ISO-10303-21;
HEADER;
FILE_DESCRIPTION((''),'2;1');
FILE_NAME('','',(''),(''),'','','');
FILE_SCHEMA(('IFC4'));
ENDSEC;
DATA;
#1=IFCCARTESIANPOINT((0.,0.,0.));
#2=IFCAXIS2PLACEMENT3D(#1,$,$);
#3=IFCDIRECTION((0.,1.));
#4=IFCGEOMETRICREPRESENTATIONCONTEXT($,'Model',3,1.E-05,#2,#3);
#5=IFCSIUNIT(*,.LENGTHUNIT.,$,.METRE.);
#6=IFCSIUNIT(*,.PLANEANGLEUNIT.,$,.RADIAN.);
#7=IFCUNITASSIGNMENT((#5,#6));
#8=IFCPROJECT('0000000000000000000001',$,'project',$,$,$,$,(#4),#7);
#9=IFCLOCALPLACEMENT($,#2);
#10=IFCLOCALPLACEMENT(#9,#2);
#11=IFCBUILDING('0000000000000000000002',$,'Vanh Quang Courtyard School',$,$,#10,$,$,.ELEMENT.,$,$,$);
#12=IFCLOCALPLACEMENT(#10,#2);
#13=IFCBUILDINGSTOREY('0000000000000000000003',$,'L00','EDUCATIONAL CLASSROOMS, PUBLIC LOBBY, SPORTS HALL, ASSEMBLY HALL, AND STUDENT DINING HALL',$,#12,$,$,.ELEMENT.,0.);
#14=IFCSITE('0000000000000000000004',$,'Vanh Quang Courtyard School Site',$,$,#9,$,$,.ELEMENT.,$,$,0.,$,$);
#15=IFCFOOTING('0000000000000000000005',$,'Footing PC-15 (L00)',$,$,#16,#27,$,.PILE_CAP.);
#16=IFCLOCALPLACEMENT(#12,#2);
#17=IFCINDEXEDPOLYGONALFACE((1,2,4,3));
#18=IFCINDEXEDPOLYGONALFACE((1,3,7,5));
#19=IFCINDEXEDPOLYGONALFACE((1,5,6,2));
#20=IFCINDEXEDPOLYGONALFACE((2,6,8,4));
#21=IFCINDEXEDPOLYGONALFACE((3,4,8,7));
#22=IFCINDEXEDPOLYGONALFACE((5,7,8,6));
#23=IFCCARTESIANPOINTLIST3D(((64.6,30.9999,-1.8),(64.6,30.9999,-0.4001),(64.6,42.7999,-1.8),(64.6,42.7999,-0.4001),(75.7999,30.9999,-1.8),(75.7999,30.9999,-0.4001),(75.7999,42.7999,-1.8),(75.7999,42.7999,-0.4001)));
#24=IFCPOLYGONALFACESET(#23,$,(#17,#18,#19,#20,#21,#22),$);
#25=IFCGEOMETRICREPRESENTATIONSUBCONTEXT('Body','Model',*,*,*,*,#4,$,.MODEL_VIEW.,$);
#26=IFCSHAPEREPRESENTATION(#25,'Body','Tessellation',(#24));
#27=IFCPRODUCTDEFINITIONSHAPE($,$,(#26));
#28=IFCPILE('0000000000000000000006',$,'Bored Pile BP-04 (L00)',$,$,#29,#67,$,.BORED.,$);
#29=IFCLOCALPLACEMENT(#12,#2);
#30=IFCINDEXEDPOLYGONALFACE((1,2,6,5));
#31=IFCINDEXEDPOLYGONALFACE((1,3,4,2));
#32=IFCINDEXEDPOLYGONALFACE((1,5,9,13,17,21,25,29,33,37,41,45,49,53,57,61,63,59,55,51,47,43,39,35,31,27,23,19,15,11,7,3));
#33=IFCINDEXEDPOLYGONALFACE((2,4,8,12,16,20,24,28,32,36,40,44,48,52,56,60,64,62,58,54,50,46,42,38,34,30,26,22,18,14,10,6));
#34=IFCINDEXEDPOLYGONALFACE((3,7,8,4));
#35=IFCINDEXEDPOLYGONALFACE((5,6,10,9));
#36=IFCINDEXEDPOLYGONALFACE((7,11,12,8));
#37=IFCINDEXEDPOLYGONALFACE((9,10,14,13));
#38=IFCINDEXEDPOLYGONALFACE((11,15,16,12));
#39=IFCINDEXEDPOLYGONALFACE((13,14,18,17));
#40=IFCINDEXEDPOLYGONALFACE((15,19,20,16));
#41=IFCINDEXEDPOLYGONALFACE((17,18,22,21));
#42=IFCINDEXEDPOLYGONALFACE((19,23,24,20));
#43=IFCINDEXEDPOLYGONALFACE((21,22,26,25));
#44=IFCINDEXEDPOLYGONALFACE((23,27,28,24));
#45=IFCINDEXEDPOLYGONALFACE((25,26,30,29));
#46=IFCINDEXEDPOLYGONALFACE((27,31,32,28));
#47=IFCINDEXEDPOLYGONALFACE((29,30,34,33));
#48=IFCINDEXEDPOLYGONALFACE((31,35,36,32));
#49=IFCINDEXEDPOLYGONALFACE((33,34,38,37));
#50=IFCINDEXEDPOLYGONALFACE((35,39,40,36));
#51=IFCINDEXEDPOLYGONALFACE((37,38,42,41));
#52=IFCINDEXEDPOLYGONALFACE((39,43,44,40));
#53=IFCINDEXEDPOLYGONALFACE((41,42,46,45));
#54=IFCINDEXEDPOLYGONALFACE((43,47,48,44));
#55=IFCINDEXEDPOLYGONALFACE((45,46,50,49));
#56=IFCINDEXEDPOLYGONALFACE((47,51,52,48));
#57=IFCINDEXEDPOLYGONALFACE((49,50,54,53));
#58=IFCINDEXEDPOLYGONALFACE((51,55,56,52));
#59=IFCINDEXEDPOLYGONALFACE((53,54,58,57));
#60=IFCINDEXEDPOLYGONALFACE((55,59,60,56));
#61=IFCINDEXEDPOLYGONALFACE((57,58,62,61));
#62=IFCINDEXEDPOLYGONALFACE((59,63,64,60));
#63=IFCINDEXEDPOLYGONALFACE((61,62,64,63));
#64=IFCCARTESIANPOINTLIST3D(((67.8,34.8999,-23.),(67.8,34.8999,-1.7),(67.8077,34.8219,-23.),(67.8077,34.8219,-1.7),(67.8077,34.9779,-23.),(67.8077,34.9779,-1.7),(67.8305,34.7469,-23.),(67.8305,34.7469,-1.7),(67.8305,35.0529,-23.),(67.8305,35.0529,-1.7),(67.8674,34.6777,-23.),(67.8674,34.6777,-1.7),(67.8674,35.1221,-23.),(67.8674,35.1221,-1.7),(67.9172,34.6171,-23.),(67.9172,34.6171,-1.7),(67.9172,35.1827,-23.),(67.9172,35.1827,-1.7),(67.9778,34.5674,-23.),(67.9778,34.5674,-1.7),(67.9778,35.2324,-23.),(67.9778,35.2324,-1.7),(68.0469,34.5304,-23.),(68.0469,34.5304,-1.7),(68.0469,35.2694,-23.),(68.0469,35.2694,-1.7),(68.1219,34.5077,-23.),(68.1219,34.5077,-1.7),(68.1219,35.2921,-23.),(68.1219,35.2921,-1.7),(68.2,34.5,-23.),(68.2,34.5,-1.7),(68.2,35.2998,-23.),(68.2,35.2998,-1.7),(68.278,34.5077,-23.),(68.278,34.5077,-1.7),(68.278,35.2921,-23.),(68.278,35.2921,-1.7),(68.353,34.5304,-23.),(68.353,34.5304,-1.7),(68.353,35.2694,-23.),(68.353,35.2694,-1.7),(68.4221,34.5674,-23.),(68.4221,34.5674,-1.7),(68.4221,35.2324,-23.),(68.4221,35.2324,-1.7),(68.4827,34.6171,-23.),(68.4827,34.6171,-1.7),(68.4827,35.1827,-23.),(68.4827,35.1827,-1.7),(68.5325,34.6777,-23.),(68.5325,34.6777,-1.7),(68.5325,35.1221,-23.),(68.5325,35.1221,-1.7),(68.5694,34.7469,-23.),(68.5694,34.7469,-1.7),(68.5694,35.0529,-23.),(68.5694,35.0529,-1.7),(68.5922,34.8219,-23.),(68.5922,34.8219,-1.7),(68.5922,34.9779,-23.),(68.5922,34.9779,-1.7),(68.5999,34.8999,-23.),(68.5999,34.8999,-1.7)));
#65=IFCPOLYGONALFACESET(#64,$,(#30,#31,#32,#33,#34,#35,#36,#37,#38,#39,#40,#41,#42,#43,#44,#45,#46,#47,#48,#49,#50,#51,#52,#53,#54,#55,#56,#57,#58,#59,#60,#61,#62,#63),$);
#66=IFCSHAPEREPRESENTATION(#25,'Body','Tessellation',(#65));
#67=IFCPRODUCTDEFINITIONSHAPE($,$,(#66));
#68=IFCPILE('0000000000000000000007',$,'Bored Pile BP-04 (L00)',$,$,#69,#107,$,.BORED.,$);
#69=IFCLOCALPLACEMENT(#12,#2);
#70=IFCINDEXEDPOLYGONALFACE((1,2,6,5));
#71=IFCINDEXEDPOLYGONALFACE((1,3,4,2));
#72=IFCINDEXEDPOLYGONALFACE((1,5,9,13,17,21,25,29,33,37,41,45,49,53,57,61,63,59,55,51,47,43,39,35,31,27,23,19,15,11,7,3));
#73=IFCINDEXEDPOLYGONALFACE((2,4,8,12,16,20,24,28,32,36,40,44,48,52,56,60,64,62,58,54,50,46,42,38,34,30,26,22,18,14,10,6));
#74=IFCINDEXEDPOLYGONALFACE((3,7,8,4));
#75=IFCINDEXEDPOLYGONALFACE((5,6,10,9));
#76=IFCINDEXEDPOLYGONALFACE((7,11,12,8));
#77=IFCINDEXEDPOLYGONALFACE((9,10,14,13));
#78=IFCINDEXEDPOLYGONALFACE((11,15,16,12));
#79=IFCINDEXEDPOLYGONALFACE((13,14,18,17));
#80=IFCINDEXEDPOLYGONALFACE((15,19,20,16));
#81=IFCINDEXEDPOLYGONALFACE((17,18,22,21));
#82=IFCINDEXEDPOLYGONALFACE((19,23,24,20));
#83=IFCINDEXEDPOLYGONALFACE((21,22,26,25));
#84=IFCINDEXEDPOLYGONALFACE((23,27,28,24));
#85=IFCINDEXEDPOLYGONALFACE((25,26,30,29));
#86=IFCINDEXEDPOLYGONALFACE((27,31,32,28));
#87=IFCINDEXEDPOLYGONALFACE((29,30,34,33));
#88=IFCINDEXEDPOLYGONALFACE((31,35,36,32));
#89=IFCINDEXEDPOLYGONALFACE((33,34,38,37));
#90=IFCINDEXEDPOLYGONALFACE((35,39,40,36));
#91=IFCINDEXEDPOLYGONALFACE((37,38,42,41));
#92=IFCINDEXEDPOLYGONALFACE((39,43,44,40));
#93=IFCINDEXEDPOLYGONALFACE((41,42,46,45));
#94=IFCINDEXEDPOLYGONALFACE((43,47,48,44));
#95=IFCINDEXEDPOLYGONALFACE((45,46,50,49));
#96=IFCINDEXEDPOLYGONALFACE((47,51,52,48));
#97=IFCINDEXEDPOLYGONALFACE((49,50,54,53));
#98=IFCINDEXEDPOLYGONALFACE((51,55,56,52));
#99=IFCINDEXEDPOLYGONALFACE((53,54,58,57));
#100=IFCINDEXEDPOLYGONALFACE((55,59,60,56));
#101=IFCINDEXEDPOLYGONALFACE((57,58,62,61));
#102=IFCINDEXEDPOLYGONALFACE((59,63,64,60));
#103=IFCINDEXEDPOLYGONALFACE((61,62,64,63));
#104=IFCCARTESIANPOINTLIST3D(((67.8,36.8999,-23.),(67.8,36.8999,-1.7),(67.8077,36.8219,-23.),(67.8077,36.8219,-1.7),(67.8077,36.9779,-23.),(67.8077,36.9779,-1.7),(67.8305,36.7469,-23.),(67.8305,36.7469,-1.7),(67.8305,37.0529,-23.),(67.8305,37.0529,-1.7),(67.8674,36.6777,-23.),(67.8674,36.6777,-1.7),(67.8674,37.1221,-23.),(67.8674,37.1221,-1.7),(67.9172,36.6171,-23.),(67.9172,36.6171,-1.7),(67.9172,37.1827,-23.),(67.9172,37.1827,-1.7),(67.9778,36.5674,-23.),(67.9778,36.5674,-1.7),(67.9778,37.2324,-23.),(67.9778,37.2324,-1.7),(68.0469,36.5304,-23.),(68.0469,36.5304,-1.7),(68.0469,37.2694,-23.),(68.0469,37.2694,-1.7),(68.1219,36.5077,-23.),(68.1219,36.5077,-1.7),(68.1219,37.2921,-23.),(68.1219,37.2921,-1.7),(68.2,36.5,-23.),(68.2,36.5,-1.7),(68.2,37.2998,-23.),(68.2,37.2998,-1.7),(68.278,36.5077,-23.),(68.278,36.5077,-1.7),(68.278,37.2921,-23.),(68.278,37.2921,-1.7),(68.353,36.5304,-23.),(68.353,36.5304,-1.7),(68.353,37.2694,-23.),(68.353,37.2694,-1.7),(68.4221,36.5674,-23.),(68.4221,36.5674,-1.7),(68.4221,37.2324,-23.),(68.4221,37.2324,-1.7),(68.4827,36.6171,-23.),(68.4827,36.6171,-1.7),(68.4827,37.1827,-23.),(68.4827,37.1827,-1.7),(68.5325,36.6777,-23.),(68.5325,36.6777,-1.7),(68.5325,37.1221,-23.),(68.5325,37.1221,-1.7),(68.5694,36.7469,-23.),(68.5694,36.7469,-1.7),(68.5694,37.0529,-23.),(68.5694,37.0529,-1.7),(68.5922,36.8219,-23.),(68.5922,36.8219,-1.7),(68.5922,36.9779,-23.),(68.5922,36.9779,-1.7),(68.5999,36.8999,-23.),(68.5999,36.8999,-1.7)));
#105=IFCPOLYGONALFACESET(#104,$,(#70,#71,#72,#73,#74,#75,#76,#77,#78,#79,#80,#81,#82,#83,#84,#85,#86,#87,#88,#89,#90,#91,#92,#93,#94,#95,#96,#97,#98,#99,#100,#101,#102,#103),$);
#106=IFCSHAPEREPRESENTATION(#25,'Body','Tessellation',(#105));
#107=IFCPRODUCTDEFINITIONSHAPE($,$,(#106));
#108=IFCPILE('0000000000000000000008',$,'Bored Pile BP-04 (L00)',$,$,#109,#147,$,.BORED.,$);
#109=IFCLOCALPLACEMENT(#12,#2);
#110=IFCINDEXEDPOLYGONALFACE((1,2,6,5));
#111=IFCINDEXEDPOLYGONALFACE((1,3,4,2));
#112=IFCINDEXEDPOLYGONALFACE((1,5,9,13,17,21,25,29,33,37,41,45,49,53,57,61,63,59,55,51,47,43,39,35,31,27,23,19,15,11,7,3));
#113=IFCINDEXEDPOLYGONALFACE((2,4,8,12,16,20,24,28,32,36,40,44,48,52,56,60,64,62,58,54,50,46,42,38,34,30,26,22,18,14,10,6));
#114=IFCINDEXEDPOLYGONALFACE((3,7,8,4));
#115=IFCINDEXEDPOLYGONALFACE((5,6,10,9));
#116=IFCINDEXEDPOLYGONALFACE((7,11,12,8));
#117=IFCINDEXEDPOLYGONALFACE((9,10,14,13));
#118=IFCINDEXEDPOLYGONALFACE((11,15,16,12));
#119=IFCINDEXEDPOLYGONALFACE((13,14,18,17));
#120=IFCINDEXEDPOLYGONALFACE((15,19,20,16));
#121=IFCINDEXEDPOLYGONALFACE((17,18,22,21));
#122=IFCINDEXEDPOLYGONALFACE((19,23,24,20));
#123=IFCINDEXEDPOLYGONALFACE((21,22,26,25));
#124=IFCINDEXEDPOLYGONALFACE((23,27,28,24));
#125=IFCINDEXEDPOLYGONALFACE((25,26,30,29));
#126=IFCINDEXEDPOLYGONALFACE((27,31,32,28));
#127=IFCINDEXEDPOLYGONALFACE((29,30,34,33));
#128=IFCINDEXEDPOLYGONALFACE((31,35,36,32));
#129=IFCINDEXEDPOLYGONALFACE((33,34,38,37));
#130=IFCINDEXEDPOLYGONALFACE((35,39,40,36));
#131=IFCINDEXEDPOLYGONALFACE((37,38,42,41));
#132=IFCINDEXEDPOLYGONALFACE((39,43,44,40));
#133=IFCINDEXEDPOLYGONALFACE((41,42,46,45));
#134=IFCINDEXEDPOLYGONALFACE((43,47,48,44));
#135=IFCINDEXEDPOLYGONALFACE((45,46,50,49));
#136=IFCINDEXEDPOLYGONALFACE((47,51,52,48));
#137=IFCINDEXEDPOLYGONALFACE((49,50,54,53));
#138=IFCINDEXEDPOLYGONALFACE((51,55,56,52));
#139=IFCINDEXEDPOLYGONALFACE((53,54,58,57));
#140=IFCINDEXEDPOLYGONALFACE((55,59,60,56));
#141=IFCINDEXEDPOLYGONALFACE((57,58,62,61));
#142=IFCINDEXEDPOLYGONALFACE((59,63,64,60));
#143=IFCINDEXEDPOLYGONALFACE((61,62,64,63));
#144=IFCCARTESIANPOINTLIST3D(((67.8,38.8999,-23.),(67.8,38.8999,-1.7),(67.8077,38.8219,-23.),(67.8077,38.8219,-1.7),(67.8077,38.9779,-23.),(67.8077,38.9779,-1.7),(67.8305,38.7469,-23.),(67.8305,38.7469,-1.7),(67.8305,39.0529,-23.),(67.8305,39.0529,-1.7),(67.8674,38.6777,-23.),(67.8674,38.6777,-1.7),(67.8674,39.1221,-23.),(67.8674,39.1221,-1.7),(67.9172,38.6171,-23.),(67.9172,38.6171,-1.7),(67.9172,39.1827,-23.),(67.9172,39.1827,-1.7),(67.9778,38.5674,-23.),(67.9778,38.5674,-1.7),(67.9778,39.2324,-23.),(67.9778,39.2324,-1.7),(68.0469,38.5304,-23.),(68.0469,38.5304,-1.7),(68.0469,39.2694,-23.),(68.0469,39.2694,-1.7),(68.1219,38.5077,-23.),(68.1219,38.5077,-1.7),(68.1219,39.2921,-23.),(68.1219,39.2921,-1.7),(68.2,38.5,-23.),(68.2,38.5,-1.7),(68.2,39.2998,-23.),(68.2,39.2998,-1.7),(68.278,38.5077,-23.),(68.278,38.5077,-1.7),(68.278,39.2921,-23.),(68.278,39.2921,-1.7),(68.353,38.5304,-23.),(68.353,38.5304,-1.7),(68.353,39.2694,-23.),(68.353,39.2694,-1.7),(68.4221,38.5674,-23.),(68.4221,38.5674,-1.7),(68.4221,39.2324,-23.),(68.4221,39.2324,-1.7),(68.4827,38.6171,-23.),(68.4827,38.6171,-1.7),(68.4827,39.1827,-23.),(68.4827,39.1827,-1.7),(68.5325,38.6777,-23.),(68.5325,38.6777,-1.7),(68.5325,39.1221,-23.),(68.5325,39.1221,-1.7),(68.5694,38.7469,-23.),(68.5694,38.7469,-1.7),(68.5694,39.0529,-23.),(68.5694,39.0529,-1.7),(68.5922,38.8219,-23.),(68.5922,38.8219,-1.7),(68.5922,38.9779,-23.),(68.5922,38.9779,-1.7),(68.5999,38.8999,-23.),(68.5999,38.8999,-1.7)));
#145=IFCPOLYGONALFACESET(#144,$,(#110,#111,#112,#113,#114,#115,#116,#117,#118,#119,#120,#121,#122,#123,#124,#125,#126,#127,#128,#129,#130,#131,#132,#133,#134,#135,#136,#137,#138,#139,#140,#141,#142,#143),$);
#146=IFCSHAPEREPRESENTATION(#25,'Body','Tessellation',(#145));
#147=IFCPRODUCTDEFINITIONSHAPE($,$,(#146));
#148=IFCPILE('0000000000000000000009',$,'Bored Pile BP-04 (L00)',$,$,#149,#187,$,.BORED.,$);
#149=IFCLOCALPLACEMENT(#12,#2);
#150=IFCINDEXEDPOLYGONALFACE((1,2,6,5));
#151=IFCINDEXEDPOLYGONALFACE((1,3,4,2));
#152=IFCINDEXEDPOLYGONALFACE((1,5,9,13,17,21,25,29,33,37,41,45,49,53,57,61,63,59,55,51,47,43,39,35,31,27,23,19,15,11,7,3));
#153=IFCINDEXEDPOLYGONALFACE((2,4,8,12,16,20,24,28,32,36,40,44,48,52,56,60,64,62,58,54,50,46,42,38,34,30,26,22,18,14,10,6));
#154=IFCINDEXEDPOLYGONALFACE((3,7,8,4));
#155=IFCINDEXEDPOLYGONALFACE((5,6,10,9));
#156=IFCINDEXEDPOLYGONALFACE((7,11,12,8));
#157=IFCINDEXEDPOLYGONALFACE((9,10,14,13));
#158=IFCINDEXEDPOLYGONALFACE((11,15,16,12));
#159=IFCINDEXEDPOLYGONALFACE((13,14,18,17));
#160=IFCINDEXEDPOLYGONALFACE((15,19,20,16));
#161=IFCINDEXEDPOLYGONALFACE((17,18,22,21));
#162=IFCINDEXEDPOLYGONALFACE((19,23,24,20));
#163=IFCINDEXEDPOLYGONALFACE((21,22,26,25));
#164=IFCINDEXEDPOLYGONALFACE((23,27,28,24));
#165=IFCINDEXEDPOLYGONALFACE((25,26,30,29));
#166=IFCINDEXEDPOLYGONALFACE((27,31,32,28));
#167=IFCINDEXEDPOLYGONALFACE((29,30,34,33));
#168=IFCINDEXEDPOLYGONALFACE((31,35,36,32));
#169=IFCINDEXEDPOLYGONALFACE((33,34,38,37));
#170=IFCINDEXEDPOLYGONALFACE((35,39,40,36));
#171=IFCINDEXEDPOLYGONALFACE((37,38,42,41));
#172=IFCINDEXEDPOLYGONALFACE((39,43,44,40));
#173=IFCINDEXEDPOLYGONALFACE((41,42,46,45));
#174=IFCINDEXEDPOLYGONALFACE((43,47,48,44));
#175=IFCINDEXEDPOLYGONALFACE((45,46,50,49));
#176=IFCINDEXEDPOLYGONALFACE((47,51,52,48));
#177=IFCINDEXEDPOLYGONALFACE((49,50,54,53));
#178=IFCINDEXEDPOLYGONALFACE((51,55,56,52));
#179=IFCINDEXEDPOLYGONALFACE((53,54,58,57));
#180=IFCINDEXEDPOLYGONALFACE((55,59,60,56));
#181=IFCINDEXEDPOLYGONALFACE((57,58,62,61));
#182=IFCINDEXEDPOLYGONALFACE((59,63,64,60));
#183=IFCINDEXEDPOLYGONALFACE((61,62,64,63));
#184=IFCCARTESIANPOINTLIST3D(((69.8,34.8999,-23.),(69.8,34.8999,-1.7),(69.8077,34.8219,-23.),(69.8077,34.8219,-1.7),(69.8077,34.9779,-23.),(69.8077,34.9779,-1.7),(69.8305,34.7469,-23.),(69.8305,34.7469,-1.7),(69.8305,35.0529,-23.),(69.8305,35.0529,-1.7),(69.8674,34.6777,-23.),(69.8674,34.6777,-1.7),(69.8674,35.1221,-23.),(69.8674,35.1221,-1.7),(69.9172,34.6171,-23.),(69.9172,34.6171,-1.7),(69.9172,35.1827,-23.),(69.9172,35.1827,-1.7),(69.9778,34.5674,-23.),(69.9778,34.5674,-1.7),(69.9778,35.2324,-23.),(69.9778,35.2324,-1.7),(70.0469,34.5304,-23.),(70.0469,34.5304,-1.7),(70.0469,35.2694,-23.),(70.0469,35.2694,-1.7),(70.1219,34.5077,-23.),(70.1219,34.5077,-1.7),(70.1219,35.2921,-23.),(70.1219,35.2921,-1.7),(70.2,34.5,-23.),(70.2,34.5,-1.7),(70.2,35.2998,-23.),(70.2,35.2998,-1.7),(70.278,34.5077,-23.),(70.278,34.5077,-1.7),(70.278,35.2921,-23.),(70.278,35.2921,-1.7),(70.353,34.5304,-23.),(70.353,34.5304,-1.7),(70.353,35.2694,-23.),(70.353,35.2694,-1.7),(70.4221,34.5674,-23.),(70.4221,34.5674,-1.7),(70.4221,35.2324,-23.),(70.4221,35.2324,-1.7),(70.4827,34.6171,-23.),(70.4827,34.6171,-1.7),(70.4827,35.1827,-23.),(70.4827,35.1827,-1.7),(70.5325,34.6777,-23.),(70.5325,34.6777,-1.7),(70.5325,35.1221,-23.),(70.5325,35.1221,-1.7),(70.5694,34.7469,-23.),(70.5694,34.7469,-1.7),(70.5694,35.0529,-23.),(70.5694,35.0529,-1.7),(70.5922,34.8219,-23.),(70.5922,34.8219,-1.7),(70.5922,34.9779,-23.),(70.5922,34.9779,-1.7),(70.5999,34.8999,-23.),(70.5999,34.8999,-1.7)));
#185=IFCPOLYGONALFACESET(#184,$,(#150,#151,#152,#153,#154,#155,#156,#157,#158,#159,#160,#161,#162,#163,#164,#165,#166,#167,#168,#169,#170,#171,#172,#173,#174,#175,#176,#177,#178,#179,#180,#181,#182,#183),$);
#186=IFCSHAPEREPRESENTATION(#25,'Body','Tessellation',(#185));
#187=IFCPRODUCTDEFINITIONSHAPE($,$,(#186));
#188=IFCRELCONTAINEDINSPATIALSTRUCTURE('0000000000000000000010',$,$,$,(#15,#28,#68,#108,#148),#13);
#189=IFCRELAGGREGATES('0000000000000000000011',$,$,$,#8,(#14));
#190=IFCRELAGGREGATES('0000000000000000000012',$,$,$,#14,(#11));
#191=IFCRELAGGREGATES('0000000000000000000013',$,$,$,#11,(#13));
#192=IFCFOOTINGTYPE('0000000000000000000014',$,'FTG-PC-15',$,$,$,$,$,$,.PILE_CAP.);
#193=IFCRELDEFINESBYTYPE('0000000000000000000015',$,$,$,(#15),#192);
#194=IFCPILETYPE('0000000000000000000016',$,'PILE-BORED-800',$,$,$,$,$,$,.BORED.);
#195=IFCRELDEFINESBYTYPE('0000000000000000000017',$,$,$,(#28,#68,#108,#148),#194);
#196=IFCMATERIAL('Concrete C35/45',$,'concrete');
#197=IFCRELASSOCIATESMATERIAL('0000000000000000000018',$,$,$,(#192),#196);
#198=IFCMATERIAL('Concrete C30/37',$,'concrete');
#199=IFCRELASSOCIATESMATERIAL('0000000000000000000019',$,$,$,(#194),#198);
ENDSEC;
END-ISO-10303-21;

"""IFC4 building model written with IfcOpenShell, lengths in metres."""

from ifc_helpers import new_model, si_unit, direction, frame, origin, origin_2d, place, context, subcontext, project, spatial, rectangle, circle, extrude, material, material_profile, profile_set, type_object, element, save


model = new_model("IFC4")

# Units and contexts
model_context = context("Model", 3, precision=1e-05, world=origin(), true_north=direction((0.0, 1.0)))
body_context = subcontext(model_context, "Body", "Model", "MODEL_VIEW")
ifc_project = project(units=[si_unit("LENGTHUNIT", "METRE"), si_unit("PLANEANGLEUNIT", "RADIAN")], contexts=[model_context])

# Site, building, storey
site_placement = place(None, origin())
site = spatial("IfcSite", under=ifc_project, at=site_placement, Name="Vanh Quang Courtyard School Site", CompositionType="ELEMENT", RefElevation=0.0)
building_placement = place(site_placement, origin())
building = spatial("IfcBuilding", under=site, at=building_placement, Name="Vanh Quang Courtyard School", CompositionType="ELEMENT")
storey_placement = place(building_placement, origin())
storey = spatial("IfcBuildingStorey", under=building, at=storey_placement, Name="L00", Description="EDUCATIONAL CLASSROOMS, PUBLIC LOBBY, SPORTS HALL, ASSEMBLY HALL, AND STUDENT DINING HALL", CompositionType="ELEMENT", Elevation=0.0)

# Footing
ifc_material_1 = material(Name="Concrete C35/45", Category="concrete")
footing_type = type_object("IfcFootingType", Name="FTG-PC-15", PredefinedType="PILE_CAP", material=ifc_material_1)
footing_placement = place(storey_placement, frame((70.2, 36.8999, -1.8), z_axis=(0.0, 0.0, 1.0), x_axis=(1.0, 0.0, 0.0)))
element("IfcFooting", 1, at=footing_placement, inside=storey, type_object=footing_type, Name="Footing PC-15 (L00)", PredefinedType="PILE_CAP", context=body_context, shape_type="SweptSolid", body=[
    extrude(rectangle(XDim=11.2, YDim=11.8, at=origin_2d()), origin(), (0.0, 0.0, 1.0), 1.3999),
])

# Piles
ifc_material_2 = material(Name="Concrete C30/37", Category="concrete")
ifc_material_profile_1 = material_profile(ifc_material_2, circle(Radius=0.3999, at=origin_2d()), Name="PILE D800")
ifc_profile_set_1 = profile_set([ifc_material_profile_1], Name="Concrete C30/37")
pile_type = type_object("IfcPileType", Name="PILE-BORED-800", PredefinedType="BORED", material=ifc_profile_set_1)
for number, where, z_axis, x_axis, name in (
    (2, (68.2, 34.8999, -1.7), (0.0, 0.0, -1.0), (1.0, 0.0, 0.0), "Bored Pile BP-04 (L00)"),
    (3, (68.2, 36.8999, -1.7), (0.0, 0.0, -1.0), (1.0, 0.0, 0.0), "Bored Pile BP-04 (L00)"),
    (4, (68.2, 38.8999, -1.7), (0.0, 0.0, -1.0), (1.0, 0.0, 0.0), "Bored Pile BP-04 (L00)"),
    (5, (70.2, 34.8999, -1.7), (0.0, 0.0, -1.0), (1.0, 0.0, 0.0), "Bored Pile BP-04 (L00)"),
):
    element("IfcPile", number, at=place(storey_placement, frame(where, z_axis=z_axis, x_axis=x_axis)), inside=storey, type_object=pile_type, Name=name, PredefinedType="BORED", context=body_context, shape_type="SweptSolid", body=[
        extrude(circle(Radius=0.3999, at=origin_2d()), origin(), (0.0, 0.0, 1.0), 21.3),
    ])

save(model, "model.ifc")
